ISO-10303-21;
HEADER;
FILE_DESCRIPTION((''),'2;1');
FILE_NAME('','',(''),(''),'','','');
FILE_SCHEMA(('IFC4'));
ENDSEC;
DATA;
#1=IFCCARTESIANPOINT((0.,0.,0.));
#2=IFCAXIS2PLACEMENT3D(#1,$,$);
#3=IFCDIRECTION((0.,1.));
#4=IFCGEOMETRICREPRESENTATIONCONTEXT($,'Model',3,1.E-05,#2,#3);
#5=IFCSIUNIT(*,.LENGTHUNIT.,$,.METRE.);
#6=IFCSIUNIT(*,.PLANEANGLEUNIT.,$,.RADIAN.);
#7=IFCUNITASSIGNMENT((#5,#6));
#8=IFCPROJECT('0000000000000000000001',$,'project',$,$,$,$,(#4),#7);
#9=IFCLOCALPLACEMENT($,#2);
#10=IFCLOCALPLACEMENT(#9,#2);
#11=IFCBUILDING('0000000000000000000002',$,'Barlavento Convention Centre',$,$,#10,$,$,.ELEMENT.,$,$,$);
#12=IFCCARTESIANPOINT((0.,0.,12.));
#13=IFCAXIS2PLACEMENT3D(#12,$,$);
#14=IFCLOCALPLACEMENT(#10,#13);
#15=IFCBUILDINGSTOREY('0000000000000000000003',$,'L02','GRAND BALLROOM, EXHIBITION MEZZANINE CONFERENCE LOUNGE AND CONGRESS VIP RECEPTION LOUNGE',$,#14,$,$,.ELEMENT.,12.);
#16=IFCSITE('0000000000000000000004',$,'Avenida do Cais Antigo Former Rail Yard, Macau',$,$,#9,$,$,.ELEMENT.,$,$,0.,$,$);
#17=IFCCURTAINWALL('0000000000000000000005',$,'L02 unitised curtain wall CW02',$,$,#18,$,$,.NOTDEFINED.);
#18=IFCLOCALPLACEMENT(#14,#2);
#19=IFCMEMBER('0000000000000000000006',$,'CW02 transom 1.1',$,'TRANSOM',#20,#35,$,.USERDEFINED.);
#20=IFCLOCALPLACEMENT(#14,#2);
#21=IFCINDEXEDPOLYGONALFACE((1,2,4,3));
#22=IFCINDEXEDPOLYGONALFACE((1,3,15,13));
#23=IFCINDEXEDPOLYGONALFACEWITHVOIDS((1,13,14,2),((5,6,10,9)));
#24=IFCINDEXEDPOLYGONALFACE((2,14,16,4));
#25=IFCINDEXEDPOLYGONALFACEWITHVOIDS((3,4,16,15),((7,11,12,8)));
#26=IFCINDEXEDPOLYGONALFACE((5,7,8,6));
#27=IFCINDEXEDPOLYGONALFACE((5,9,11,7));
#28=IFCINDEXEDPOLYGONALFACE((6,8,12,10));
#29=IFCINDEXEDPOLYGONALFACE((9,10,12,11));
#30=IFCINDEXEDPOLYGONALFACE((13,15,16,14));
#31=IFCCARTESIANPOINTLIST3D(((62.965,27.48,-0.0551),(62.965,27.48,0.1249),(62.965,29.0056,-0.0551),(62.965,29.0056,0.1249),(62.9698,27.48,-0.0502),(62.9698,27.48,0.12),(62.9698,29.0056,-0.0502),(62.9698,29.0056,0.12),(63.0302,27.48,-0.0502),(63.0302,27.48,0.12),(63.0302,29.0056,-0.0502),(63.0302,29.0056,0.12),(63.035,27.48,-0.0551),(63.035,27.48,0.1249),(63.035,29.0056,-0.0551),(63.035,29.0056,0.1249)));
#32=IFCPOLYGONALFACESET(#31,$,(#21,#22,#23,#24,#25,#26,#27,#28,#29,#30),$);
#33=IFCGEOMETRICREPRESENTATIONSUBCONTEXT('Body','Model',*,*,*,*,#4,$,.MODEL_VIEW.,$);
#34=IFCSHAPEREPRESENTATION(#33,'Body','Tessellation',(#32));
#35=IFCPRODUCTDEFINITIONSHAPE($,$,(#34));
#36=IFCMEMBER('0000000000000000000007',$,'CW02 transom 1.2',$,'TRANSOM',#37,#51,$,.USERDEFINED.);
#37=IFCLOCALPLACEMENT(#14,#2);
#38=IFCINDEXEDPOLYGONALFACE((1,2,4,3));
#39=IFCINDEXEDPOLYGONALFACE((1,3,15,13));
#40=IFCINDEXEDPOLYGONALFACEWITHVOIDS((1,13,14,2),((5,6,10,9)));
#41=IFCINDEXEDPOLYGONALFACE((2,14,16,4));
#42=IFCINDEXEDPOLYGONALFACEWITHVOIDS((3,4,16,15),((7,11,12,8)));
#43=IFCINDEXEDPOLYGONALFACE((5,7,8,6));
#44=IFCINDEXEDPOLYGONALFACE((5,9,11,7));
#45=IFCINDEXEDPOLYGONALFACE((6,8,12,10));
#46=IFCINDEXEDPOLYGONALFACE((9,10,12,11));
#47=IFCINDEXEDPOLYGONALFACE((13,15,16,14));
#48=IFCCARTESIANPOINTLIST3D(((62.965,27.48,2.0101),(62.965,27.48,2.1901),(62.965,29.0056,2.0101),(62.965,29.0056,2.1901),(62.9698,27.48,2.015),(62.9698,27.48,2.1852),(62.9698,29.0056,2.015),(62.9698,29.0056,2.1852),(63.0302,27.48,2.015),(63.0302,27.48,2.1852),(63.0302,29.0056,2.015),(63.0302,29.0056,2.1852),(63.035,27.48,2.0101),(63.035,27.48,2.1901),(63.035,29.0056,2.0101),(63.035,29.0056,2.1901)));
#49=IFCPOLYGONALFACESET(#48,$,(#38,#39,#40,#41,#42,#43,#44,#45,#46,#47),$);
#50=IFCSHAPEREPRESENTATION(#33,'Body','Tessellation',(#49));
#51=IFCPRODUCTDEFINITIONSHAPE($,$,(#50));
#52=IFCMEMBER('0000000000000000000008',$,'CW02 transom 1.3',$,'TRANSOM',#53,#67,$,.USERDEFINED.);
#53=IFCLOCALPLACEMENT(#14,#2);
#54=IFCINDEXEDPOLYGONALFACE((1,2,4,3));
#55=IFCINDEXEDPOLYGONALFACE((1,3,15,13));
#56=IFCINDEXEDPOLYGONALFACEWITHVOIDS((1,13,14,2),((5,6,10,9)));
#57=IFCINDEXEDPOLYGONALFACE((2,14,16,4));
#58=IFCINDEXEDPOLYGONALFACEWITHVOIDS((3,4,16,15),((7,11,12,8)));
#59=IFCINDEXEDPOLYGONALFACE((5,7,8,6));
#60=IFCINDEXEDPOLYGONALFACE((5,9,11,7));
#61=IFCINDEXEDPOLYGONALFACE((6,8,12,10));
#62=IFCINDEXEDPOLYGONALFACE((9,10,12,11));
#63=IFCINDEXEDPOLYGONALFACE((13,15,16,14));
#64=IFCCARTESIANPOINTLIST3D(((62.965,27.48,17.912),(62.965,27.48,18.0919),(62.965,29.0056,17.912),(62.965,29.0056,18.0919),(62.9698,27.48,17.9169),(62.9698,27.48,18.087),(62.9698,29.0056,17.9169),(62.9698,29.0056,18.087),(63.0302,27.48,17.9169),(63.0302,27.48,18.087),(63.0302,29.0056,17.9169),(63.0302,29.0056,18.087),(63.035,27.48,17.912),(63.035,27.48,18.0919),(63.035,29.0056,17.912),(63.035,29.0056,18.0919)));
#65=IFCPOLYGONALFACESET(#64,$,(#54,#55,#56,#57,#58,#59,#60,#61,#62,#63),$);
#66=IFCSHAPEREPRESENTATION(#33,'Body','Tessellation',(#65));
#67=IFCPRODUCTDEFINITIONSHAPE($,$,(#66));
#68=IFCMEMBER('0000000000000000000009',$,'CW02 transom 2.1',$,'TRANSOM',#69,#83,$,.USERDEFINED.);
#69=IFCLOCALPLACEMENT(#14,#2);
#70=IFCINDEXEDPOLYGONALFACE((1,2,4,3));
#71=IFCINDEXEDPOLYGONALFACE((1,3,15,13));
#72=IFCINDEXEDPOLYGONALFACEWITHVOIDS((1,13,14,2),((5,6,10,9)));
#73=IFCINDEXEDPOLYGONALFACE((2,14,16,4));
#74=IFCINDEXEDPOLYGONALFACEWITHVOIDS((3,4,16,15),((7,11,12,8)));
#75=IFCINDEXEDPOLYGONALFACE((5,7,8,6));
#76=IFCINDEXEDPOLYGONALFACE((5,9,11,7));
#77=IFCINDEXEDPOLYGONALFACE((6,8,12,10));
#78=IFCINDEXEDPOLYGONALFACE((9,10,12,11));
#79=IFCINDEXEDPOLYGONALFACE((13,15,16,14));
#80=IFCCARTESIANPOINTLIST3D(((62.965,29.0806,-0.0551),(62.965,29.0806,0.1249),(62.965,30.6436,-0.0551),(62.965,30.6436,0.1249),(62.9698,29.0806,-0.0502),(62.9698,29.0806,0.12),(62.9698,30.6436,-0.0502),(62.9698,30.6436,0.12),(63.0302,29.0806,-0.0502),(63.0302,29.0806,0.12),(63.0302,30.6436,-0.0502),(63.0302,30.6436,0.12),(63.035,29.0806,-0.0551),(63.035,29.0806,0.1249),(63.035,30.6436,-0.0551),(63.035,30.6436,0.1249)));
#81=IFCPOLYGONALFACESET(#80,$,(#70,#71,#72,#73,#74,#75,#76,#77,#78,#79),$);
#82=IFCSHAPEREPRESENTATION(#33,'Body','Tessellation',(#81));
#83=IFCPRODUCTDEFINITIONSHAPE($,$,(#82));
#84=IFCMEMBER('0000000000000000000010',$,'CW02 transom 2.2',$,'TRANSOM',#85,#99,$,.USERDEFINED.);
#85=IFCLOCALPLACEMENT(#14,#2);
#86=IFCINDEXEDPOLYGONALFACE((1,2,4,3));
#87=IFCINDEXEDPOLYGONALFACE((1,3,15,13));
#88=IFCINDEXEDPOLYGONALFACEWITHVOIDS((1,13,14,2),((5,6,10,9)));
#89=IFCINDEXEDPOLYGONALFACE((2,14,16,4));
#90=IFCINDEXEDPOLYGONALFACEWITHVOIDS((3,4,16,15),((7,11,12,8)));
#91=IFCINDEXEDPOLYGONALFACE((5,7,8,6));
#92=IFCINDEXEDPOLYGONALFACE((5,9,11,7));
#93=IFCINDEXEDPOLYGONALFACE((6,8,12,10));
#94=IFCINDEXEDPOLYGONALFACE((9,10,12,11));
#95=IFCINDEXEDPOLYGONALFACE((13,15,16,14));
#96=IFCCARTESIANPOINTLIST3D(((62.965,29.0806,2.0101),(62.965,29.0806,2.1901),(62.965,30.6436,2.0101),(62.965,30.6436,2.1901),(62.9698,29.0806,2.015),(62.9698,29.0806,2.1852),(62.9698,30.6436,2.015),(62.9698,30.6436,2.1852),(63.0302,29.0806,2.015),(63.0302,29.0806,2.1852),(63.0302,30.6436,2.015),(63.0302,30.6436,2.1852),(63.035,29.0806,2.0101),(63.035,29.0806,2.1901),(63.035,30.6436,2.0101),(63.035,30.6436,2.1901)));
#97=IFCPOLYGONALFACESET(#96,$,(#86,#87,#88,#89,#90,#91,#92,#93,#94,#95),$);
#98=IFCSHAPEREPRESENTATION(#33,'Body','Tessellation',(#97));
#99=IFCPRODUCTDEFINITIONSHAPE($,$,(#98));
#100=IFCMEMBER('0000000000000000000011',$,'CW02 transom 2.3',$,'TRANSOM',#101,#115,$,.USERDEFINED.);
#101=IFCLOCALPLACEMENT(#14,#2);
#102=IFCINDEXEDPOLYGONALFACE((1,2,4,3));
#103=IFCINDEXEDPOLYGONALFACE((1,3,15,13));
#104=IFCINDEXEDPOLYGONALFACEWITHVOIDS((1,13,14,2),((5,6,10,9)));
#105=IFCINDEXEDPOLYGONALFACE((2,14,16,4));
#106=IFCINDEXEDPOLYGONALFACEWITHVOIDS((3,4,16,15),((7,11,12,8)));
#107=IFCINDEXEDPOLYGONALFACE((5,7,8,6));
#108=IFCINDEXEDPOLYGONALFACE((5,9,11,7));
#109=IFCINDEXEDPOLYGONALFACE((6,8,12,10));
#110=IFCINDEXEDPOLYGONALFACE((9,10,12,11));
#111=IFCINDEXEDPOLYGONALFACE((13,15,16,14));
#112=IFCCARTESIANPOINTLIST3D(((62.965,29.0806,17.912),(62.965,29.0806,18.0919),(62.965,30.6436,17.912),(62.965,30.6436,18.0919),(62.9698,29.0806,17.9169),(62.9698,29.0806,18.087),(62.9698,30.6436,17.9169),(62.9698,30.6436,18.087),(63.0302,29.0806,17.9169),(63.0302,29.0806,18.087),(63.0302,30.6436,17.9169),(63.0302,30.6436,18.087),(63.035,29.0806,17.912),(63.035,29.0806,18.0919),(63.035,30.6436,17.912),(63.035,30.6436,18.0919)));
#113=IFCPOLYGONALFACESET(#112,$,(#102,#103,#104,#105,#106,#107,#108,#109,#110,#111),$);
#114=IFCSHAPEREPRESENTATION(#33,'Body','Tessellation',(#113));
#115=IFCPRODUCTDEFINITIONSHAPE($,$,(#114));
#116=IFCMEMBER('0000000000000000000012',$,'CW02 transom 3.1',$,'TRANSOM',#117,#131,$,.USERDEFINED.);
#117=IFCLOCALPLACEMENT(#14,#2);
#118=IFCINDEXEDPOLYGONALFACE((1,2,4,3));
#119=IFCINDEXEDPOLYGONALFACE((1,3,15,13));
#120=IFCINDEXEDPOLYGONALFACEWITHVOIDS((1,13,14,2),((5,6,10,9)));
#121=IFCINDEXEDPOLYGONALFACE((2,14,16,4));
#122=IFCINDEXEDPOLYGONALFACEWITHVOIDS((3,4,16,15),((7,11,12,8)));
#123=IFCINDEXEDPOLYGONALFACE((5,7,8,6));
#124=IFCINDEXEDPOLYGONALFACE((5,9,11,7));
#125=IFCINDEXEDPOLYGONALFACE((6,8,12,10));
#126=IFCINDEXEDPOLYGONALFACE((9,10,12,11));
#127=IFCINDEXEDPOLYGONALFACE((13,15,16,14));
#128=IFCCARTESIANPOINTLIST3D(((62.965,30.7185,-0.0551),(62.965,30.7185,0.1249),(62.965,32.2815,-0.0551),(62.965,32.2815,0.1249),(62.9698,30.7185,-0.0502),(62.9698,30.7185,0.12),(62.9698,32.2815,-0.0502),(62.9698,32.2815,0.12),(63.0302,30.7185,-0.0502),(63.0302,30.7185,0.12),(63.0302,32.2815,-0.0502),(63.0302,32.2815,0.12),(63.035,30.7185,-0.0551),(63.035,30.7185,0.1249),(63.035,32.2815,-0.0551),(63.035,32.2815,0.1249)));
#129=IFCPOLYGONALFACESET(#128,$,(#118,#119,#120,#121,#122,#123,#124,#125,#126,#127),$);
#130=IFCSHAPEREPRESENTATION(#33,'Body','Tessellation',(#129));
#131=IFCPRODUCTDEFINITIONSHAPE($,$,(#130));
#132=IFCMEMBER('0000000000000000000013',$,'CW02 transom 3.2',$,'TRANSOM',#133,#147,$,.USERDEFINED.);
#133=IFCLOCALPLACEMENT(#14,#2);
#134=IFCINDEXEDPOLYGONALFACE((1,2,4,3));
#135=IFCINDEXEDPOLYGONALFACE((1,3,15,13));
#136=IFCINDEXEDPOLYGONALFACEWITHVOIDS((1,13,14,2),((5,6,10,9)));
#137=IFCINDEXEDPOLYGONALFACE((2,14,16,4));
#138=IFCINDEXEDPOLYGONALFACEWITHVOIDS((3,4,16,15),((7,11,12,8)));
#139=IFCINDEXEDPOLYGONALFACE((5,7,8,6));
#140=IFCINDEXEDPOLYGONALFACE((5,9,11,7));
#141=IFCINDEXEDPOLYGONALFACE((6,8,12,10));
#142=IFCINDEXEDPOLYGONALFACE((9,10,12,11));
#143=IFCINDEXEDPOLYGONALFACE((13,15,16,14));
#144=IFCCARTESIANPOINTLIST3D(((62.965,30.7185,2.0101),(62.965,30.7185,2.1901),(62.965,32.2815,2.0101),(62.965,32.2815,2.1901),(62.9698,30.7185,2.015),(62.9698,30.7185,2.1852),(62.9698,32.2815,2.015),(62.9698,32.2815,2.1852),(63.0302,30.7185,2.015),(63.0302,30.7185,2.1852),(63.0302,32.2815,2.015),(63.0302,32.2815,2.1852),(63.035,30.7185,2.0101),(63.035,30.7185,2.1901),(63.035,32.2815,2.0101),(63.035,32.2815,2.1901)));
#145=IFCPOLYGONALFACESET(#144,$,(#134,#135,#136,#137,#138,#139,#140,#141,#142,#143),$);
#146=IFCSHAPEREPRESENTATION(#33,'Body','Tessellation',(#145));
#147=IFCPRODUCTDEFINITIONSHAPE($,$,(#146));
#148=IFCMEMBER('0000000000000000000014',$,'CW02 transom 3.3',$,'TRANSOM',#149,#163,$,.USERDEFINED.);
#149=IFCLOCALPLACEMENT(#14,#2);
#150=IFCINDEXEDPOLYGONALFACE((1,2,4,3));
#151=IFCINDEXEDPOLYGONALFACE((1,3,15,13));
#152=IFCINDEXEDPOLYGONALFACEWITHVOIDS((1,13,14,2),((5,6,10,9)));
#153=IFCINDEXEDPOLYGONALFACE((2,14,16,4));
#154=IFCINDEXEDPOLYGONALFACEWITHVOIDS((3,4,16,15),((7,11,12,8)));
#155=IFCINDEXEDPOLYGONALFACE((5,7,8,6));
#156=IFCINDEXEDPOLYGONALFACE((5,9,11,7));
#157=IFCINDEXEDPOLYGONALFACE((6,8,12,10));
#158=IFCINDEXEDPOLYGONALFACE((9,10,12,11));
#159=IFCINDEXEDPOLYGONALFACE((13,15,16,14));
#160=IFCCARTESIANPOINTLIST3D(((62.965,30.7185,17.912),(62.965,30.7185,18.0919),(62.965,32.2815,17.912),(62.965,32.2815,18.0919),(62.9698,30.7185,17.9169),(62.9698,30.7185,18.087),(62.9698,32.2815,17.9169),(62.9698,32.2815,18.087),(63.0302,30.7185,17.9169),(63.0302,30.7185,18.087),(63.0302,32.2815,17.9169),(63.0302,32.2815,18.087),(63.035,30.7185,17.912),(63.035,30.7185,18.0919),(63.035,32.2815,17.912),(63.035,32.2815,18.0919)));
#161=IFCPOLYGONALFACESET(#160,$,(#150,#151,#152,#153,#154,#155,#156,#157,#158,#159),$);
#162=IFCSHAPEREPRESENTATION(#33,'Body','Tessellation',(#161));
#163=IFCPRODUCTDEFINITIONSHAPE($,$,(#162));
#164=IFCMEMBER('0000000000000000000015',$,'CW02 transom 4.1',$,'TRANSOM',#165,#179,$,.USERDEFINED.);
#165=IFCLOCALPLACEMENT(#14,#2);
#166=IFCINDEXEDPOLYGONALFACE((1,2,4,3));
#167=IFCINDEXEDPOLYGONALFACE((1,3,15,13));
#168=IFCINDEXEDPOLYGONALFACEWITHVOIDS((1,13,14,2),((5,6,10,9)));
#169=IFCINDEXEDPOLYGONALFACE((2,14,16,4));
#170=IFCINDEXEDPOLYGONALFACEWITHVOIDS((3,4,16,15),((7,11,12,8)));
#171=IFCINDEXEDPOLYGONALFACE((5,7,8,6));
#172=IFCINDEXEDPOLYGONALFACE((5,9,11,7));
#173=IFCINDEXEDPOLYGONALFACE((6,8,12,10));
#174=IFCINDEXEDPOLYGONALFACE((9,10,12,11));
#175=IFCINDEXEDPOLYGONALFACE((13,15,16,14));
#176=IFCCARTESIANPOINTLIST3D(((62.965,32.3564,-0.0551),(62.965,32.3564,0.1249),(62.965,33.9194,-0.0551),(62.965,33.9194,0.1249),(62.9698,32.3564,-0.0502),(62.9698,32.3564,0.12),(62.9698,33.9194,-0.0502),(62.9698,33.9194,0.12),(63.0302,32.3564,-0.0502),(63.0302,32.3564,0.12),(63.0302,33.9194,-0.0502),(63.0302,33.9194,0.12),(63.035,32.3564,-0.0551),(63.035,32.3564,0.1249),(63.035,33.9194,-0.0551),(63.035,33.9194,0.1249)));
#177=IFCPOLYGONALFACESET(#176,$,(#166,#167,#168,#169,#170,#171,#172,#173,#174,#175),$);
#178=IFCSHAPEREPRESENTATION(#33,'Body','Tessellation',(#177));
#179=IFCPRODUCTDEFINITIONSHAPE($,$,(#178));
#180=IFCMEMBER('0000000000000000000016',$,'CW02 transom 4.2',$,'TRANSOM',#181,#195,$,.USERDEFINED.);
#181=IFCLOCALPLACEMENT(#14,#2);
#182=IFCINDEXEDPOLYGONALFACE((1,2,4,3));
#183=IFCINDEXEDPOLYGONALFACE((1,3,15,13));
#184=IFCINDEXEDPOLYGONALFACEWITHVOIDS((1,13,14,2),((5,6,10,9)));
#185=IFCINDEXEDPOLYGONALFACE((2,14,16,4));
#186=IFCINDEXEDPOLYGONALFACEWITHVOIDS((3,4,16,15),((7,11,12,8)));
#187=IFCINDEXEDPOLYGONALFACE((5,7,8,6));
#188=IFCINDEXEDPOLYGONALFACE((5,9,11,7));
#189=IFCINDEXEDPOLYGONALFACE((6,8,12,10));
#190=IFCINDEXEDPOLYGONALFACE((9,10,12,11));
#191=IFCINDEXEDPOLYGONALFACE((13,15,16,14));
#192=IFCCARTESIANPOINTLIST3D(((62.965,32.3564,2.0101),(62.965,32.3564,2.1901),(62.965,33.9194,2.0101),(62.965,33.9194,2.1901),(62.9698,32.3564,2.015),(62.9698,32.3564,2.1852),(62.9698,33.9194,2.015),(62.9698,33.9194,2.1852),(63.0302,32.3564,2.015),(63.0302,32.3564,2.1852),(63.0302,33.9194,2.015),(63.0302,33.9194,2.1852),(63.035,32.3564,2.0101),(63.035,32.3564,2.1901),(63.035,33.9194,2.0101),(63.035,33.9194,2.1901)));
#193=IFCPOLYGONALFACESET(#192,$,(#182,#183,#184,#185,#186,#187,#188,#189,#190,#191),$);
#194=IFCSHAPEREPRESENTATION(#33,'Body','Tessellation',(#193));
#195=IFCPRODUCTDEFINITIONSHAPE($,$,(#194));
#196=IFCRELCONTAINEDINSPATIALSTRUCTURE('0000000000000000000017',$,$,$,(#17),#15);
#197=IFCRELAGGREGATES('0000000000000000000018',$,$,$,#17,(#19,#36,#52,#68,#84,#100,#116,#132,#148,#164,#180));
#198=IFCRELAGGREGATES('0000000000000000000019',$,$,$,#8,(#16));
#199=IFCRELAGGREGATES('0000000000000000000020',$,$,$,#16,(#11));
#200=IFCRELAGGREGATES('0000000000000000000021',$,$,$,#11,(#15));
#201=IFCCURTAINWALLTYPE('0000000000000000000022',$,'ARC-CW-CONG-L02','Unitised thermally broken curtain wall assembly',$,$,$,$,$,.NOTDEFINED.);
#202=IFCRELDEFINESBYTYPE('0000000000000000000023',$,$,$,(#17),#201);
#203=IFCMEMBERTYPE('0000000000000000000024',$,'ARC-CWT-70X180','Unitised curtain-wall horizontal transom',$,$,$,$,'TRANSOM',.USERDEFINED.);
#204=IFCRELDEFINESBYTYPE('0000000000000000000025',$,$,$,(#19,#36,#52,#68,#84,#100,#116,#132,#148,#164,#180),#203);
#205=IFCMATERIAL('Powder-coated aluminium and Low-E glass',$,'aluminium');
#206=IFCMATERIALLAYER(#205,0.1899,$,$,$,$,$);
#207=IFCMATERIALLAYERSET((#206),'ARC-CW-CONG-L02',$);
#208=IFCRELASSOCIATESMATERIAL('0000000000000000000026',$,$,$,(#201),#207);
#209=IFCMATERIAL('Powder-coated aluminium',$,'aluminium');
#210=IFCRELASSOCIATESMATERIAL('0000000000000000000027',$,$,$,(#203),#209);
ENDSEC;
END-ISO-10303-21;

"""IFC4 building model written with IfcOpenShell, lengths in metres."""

from ifc_helpers import new_model, si_unit, direction, frame, origin, origin_2d, place, context, subcontext, project, spatial, hollow_rectangle, extrude, material, layer, layer_set, material_profile, profile_set, type_object, element, aggregate, save


model = new_model("IFC4")

# Units and contexts
model_context = context("Model", 3, precision=1e-05, world=origin(), true_north=direction((0.0, 1.0)))
body_context = subcontext(model_context, "Body", "Model", "MODEL_VIEW")
ifc_project = project(units=[si_unit("LENGTHUNIT", "METRE"), si_unit("PLANEANGLEUNIT", "RADIAN")], contexts=[model_context])

# Site, building, storey
site_placement = place(None, origin())
site = spatial("IfcSite", under=ifc_project, at=site_placement, Name="Avenida do Cais Antigo Former Rail Yard, Macau", CompositionType="ELEMENT", RefElevation=0.0)
building_placement = place(site_placement, origin())
building = spatial("IfcBuilding", under=site, at=building_placement, Name="Barlavento Convention Centre", CompositionType="ELEMENT")
storey_placement = place(building_placement, frame((0.0, 0.0, 12.0)))
storey = spatial("IfcBuildingStorey", under=building, at=storey_placement, Name="L02", Description="GRAND BALLROOM, EXHIBITION MEZZANINE CONFERENCE LOUNGE AND CONGRESS VIP RECEPTION LOUNGE", CompositionType="ELEMENT", Elevation=12.0)

# Curtain wall, members
ifc_material_1 = material(Name="Powder-coated aluminium and Low-E glass", Category="aluminium")
ifc_layer_1 = layer(ifc_material_1, 0.1899)
ifc_layer_set_1 = layer_set([ifc_layer_1], Name="ARC-CW-CONG-L02")
curtain_wall_type = type_object("IfcCurtainWallType", Name="ARC-CW-CONG-L02", Description="Unitised thermally broken curtain wall assembly", PredefinedType="NOTDEFINED", material=ifc_layer_set_1)
curtain_wall_1_placement = place(storey_placement, origin())
curtain_wall_1 = element("IfcCurtainWall", 1, at=curtain_wall_1_placement, inside=storey, type_object=curtain_wall_type, Name="L02 unitised curtain wall CW02", PredefinedType="NOTDEFINED")
ifc_material_2 = material(Name="Powder-coated aluminium", Category="aluminium")
ifc_material_profile = material_profile(ifc_material_2, hollow_rectangle(XDim=0.0701, YDim=0.1799, WallThickness=0.0049, at=origin_2d()), Name="AL-TRAN 70x180x5")
ifc_profile_set = profile_set([ifc_material_profile], Name="Powder-coated aluminium")
member_type = type_object("IfcMemberType", Name="ARC-CWT-70X180", Description="Unitised curtain-wall horizontal transom", ElementType="TRANSOM", PredefinedType="USERDEFINED", material=ifc_profile_set)
member_1_placement = place(storey_placement, frame((63.0, 27.48, 0.0349), z_axis=(0.0, 1.0, 0.0), x_axis=(-1.0, 0.0, 0.0)))
member_1 = element("IfcMember", 2, at=member_1_placement, type_object=member_type, Name="CW02 transom 1.1", ObjectType="TRANSOM", PredefinedType="USERDEFINED", context=body_context, shape_type="SweptSolid", body=[
    extrude(hollow_rectangle(XDim=0.0701, YDim=0.1799, WallThickness=0.0049, at=origin_2d()), origin(), (0.0, 0.0, 1.0), 1.5256),
])
member_2_placement = place(storey_placement, frame((63.0, 27.48, 2.1001), z_axis=(0.0, 1.0, 0.0), x_axis=(-1.0, 0.0, 0.0)))
member_2 = element("IfcMember", 3, at=member_2_placement, type_object=member_type, Name="CW02 transom 1.2", ObjectType="TRANSOM", PredefinedType="USERDEFINED", context=body_context, shape_type="SweptSolid", body=[
    extrude(hollow_rectangle(XDim=0.0701, YDim=0.1799, WallThickness=0.0049, at=origin_2d()), origin(), (0.0, 0.0, 1.0), 1.5256),
])
member_3_placement = place(storey_placement, frame((63.0, 27.48, 18.002), z_axis=(0.0, 1.0, 0.0), x_axis=(-1.0, 0.0, 0.0)))
member_3 = element("IfcMember", 4, at=member_3_placement, type_object=member_type, Name="CW02 transom 1.3", ObjectType="TRANSOM", PredefinedType="USERDEFINED", context=body_context, shape_type="SweptSolid", body=[
    extrude(hollow_rectangle(XDim=0.0701, YDim=0.1799, WallThickness=0.0049, at=origin_2d()), origin(), (0.0, 0.0, 1.0), 1.5256),
])
member_4_placement = place(storey_placement, frame((63.0, 29.0806, 0.0349), z_axis=(0.0, 1.0, 0.0), x_axis=(-1.0, 0.0, 0.0)))
member_4 = element("IfcMember", 5, at=member_4_placement, type_object=member_type, Name="CW02 transom 2.1", ObjectType="TRANSOM", PredefinedType="USERDEFINED", context=body_context, shape_type="SweptSolid", body=[
    extrude(hollow_rectangle(XDim=0.0701, YDim=0.1799, WallThickness=0.0049, at=origin_2d()), origin(), (0.0, 0.0, 1.0), 1.563),
])
member_5_placement = place(storey_placement, frame((63.0, 29.0806, 2.1001), z_axis=(0.0, 1.0, 0.0), x_axis=(-1.0, 0.0, 0.0)))
member_5 = element("IfcMember", 6, at=member_5_placement, type_object=member_type, Name="CW02 transom 2.2", ObjectType="TRANSOM", PredefinedType="USERDEFINED", context=body_context, shape_type="SweptSolid", body=[
    extrude(hollow_rectangle(XDim=0.0701, YDim=0.1799, WallThickness=0.0049, at=origin_2d()), origin(), (0.0, 0.0, 1.0), 1.563),
])
member_6_placement = place(storey_placement, frame((63.0, 29.0806, 18.002), z_axis=(0.0, 1.0, 0.0), x_axis=(-1.0, 0.0, 0.0)))
member_6 = element("IfcMember", 7, at=member_6_placement, type_object=member_type, Name="CW02 transom 2.3", ObjectType="TRANSOM", PredefinedType="USERDEFINED", context=body_context, shape_type="SweptSolid", body=[
    extrude(hollow_rectangle(XDim=0.0701, YDim=0.1799, WallThickness=0.0049, at=origin_2d()), origin(), (0.0, 0.0, 1.0), 1.563),
])
member_7_placement = place(storey_placement, frame((63.0, 30.7185, 0.0349), z_axis=(0.0, 1.0, 0.0), x_axis=(-1.0, 0.0, 0.0)))
member_7 = element("IfcMember", 8, at=member_7_placement, type_object=member_type, Name="CW02 transom 3.1", ObjectType="TRANSOM", PredefinedType="USERDEFINED", context=body_context, shape_type="SweptSolid", body=[
    extrude(hollow_rectangle(XDim=0.0701, YDim=0.1799, WallThickness=0.0049, at=origin_2d()), origin(), (0.0, 0.0, 1.0), 1.563),
])
member_8_placement = place(storey_placement, frame((63.0, 30.7185, 2.1001), z_axis=(0.0, 1.0, 0.0), x_axis=(-1.0, 0.0, 0.0)))
member_8 = element("IfcMember", 9, at=member_8_placement, type_object=member_type, Name="CW02 transom 3.2", ObjectType="TRANSOM", PredefinedType="USERDEFINED", context=body_context, shape_type="SweptSolid", body=[
    extrude(hollow_rectangle(XDim=0.0701, YDim=0.1799, WallThickness=0.0049, at=origin_2d()), origin(), (0.0, 0.0, 1.0), 1.563),
])
member_9_placement = place(storey_placement, frame((63.0, 30.7185, 18.002), z_axis=(0.0, 1.0, 0.0), x_axis=(-1.0, 0.0, 0.0)))
member_9 = element("IfcMember", 10, at=member_9_placement, type_object=member_type, Name="CW02 transom 3.3", ObjectType="TRANSOM", PredefinedType="USERDEFINED", context=body_context, shape_type="SweptSolid", body=[
    extrude(hollow_rectangle(XDim=0.0701, YDim=0.1799, WallThickness=0.0049, at=origin_2d()), origin(), (0.0, 0.0, 1.0), 1.563),
])
member_10_placement = place(storey_placement, frame((63.0, 32.3564, 0.0349), z_axis=(0.0, 1.0, 0.0), x_axis=(-1.0, 0.0, 0.0)))
member_10 = element("IfcMember", 11, at=member_10_placement, type_object=member_type, Name="CW02 transom 4.1", ObjectType="TRANSOM", PredefinedType="USERDEFINED", context=body_context, shape_type="SweptSolid", body=[
    extrude(hollow_rectangle(XDim=0.0701, YDim=0.1799, WallThickness=0.0049, at=origin_2d()), origin(), (0.0, 0.0, 1.0), 1.563),
])
member_11_placement = place(storey_placement, frame((63.0, 32.3564, 2.1001), z_axis=(0.0, 1.0, 0.0), x_axis=(-1.0, 0.0, 0.0)))
member_11 = element("IfcMember", 12, at=member_11_placement, type_object=member_type, Name="CW02 transom 4.2", ObjectType="TRANSOM", PredefinedType="USERDEFINED", context=body_context, shape_type="SweptSolid", body=[
    extrude(hollow_rectangle(XDim=0.0701, YDim=0.1799, WallThickness=0.0049, at=origin_2d()), origin(), (0.0, 0.0, 1.0), 1.563),
])

aggregate(curtain_wall_1, [member_1, member_2, member_3, member_4, member_5, member_6, member_7, member_8, member_9, member_10, member_11])

save(model, "model.ifc")
